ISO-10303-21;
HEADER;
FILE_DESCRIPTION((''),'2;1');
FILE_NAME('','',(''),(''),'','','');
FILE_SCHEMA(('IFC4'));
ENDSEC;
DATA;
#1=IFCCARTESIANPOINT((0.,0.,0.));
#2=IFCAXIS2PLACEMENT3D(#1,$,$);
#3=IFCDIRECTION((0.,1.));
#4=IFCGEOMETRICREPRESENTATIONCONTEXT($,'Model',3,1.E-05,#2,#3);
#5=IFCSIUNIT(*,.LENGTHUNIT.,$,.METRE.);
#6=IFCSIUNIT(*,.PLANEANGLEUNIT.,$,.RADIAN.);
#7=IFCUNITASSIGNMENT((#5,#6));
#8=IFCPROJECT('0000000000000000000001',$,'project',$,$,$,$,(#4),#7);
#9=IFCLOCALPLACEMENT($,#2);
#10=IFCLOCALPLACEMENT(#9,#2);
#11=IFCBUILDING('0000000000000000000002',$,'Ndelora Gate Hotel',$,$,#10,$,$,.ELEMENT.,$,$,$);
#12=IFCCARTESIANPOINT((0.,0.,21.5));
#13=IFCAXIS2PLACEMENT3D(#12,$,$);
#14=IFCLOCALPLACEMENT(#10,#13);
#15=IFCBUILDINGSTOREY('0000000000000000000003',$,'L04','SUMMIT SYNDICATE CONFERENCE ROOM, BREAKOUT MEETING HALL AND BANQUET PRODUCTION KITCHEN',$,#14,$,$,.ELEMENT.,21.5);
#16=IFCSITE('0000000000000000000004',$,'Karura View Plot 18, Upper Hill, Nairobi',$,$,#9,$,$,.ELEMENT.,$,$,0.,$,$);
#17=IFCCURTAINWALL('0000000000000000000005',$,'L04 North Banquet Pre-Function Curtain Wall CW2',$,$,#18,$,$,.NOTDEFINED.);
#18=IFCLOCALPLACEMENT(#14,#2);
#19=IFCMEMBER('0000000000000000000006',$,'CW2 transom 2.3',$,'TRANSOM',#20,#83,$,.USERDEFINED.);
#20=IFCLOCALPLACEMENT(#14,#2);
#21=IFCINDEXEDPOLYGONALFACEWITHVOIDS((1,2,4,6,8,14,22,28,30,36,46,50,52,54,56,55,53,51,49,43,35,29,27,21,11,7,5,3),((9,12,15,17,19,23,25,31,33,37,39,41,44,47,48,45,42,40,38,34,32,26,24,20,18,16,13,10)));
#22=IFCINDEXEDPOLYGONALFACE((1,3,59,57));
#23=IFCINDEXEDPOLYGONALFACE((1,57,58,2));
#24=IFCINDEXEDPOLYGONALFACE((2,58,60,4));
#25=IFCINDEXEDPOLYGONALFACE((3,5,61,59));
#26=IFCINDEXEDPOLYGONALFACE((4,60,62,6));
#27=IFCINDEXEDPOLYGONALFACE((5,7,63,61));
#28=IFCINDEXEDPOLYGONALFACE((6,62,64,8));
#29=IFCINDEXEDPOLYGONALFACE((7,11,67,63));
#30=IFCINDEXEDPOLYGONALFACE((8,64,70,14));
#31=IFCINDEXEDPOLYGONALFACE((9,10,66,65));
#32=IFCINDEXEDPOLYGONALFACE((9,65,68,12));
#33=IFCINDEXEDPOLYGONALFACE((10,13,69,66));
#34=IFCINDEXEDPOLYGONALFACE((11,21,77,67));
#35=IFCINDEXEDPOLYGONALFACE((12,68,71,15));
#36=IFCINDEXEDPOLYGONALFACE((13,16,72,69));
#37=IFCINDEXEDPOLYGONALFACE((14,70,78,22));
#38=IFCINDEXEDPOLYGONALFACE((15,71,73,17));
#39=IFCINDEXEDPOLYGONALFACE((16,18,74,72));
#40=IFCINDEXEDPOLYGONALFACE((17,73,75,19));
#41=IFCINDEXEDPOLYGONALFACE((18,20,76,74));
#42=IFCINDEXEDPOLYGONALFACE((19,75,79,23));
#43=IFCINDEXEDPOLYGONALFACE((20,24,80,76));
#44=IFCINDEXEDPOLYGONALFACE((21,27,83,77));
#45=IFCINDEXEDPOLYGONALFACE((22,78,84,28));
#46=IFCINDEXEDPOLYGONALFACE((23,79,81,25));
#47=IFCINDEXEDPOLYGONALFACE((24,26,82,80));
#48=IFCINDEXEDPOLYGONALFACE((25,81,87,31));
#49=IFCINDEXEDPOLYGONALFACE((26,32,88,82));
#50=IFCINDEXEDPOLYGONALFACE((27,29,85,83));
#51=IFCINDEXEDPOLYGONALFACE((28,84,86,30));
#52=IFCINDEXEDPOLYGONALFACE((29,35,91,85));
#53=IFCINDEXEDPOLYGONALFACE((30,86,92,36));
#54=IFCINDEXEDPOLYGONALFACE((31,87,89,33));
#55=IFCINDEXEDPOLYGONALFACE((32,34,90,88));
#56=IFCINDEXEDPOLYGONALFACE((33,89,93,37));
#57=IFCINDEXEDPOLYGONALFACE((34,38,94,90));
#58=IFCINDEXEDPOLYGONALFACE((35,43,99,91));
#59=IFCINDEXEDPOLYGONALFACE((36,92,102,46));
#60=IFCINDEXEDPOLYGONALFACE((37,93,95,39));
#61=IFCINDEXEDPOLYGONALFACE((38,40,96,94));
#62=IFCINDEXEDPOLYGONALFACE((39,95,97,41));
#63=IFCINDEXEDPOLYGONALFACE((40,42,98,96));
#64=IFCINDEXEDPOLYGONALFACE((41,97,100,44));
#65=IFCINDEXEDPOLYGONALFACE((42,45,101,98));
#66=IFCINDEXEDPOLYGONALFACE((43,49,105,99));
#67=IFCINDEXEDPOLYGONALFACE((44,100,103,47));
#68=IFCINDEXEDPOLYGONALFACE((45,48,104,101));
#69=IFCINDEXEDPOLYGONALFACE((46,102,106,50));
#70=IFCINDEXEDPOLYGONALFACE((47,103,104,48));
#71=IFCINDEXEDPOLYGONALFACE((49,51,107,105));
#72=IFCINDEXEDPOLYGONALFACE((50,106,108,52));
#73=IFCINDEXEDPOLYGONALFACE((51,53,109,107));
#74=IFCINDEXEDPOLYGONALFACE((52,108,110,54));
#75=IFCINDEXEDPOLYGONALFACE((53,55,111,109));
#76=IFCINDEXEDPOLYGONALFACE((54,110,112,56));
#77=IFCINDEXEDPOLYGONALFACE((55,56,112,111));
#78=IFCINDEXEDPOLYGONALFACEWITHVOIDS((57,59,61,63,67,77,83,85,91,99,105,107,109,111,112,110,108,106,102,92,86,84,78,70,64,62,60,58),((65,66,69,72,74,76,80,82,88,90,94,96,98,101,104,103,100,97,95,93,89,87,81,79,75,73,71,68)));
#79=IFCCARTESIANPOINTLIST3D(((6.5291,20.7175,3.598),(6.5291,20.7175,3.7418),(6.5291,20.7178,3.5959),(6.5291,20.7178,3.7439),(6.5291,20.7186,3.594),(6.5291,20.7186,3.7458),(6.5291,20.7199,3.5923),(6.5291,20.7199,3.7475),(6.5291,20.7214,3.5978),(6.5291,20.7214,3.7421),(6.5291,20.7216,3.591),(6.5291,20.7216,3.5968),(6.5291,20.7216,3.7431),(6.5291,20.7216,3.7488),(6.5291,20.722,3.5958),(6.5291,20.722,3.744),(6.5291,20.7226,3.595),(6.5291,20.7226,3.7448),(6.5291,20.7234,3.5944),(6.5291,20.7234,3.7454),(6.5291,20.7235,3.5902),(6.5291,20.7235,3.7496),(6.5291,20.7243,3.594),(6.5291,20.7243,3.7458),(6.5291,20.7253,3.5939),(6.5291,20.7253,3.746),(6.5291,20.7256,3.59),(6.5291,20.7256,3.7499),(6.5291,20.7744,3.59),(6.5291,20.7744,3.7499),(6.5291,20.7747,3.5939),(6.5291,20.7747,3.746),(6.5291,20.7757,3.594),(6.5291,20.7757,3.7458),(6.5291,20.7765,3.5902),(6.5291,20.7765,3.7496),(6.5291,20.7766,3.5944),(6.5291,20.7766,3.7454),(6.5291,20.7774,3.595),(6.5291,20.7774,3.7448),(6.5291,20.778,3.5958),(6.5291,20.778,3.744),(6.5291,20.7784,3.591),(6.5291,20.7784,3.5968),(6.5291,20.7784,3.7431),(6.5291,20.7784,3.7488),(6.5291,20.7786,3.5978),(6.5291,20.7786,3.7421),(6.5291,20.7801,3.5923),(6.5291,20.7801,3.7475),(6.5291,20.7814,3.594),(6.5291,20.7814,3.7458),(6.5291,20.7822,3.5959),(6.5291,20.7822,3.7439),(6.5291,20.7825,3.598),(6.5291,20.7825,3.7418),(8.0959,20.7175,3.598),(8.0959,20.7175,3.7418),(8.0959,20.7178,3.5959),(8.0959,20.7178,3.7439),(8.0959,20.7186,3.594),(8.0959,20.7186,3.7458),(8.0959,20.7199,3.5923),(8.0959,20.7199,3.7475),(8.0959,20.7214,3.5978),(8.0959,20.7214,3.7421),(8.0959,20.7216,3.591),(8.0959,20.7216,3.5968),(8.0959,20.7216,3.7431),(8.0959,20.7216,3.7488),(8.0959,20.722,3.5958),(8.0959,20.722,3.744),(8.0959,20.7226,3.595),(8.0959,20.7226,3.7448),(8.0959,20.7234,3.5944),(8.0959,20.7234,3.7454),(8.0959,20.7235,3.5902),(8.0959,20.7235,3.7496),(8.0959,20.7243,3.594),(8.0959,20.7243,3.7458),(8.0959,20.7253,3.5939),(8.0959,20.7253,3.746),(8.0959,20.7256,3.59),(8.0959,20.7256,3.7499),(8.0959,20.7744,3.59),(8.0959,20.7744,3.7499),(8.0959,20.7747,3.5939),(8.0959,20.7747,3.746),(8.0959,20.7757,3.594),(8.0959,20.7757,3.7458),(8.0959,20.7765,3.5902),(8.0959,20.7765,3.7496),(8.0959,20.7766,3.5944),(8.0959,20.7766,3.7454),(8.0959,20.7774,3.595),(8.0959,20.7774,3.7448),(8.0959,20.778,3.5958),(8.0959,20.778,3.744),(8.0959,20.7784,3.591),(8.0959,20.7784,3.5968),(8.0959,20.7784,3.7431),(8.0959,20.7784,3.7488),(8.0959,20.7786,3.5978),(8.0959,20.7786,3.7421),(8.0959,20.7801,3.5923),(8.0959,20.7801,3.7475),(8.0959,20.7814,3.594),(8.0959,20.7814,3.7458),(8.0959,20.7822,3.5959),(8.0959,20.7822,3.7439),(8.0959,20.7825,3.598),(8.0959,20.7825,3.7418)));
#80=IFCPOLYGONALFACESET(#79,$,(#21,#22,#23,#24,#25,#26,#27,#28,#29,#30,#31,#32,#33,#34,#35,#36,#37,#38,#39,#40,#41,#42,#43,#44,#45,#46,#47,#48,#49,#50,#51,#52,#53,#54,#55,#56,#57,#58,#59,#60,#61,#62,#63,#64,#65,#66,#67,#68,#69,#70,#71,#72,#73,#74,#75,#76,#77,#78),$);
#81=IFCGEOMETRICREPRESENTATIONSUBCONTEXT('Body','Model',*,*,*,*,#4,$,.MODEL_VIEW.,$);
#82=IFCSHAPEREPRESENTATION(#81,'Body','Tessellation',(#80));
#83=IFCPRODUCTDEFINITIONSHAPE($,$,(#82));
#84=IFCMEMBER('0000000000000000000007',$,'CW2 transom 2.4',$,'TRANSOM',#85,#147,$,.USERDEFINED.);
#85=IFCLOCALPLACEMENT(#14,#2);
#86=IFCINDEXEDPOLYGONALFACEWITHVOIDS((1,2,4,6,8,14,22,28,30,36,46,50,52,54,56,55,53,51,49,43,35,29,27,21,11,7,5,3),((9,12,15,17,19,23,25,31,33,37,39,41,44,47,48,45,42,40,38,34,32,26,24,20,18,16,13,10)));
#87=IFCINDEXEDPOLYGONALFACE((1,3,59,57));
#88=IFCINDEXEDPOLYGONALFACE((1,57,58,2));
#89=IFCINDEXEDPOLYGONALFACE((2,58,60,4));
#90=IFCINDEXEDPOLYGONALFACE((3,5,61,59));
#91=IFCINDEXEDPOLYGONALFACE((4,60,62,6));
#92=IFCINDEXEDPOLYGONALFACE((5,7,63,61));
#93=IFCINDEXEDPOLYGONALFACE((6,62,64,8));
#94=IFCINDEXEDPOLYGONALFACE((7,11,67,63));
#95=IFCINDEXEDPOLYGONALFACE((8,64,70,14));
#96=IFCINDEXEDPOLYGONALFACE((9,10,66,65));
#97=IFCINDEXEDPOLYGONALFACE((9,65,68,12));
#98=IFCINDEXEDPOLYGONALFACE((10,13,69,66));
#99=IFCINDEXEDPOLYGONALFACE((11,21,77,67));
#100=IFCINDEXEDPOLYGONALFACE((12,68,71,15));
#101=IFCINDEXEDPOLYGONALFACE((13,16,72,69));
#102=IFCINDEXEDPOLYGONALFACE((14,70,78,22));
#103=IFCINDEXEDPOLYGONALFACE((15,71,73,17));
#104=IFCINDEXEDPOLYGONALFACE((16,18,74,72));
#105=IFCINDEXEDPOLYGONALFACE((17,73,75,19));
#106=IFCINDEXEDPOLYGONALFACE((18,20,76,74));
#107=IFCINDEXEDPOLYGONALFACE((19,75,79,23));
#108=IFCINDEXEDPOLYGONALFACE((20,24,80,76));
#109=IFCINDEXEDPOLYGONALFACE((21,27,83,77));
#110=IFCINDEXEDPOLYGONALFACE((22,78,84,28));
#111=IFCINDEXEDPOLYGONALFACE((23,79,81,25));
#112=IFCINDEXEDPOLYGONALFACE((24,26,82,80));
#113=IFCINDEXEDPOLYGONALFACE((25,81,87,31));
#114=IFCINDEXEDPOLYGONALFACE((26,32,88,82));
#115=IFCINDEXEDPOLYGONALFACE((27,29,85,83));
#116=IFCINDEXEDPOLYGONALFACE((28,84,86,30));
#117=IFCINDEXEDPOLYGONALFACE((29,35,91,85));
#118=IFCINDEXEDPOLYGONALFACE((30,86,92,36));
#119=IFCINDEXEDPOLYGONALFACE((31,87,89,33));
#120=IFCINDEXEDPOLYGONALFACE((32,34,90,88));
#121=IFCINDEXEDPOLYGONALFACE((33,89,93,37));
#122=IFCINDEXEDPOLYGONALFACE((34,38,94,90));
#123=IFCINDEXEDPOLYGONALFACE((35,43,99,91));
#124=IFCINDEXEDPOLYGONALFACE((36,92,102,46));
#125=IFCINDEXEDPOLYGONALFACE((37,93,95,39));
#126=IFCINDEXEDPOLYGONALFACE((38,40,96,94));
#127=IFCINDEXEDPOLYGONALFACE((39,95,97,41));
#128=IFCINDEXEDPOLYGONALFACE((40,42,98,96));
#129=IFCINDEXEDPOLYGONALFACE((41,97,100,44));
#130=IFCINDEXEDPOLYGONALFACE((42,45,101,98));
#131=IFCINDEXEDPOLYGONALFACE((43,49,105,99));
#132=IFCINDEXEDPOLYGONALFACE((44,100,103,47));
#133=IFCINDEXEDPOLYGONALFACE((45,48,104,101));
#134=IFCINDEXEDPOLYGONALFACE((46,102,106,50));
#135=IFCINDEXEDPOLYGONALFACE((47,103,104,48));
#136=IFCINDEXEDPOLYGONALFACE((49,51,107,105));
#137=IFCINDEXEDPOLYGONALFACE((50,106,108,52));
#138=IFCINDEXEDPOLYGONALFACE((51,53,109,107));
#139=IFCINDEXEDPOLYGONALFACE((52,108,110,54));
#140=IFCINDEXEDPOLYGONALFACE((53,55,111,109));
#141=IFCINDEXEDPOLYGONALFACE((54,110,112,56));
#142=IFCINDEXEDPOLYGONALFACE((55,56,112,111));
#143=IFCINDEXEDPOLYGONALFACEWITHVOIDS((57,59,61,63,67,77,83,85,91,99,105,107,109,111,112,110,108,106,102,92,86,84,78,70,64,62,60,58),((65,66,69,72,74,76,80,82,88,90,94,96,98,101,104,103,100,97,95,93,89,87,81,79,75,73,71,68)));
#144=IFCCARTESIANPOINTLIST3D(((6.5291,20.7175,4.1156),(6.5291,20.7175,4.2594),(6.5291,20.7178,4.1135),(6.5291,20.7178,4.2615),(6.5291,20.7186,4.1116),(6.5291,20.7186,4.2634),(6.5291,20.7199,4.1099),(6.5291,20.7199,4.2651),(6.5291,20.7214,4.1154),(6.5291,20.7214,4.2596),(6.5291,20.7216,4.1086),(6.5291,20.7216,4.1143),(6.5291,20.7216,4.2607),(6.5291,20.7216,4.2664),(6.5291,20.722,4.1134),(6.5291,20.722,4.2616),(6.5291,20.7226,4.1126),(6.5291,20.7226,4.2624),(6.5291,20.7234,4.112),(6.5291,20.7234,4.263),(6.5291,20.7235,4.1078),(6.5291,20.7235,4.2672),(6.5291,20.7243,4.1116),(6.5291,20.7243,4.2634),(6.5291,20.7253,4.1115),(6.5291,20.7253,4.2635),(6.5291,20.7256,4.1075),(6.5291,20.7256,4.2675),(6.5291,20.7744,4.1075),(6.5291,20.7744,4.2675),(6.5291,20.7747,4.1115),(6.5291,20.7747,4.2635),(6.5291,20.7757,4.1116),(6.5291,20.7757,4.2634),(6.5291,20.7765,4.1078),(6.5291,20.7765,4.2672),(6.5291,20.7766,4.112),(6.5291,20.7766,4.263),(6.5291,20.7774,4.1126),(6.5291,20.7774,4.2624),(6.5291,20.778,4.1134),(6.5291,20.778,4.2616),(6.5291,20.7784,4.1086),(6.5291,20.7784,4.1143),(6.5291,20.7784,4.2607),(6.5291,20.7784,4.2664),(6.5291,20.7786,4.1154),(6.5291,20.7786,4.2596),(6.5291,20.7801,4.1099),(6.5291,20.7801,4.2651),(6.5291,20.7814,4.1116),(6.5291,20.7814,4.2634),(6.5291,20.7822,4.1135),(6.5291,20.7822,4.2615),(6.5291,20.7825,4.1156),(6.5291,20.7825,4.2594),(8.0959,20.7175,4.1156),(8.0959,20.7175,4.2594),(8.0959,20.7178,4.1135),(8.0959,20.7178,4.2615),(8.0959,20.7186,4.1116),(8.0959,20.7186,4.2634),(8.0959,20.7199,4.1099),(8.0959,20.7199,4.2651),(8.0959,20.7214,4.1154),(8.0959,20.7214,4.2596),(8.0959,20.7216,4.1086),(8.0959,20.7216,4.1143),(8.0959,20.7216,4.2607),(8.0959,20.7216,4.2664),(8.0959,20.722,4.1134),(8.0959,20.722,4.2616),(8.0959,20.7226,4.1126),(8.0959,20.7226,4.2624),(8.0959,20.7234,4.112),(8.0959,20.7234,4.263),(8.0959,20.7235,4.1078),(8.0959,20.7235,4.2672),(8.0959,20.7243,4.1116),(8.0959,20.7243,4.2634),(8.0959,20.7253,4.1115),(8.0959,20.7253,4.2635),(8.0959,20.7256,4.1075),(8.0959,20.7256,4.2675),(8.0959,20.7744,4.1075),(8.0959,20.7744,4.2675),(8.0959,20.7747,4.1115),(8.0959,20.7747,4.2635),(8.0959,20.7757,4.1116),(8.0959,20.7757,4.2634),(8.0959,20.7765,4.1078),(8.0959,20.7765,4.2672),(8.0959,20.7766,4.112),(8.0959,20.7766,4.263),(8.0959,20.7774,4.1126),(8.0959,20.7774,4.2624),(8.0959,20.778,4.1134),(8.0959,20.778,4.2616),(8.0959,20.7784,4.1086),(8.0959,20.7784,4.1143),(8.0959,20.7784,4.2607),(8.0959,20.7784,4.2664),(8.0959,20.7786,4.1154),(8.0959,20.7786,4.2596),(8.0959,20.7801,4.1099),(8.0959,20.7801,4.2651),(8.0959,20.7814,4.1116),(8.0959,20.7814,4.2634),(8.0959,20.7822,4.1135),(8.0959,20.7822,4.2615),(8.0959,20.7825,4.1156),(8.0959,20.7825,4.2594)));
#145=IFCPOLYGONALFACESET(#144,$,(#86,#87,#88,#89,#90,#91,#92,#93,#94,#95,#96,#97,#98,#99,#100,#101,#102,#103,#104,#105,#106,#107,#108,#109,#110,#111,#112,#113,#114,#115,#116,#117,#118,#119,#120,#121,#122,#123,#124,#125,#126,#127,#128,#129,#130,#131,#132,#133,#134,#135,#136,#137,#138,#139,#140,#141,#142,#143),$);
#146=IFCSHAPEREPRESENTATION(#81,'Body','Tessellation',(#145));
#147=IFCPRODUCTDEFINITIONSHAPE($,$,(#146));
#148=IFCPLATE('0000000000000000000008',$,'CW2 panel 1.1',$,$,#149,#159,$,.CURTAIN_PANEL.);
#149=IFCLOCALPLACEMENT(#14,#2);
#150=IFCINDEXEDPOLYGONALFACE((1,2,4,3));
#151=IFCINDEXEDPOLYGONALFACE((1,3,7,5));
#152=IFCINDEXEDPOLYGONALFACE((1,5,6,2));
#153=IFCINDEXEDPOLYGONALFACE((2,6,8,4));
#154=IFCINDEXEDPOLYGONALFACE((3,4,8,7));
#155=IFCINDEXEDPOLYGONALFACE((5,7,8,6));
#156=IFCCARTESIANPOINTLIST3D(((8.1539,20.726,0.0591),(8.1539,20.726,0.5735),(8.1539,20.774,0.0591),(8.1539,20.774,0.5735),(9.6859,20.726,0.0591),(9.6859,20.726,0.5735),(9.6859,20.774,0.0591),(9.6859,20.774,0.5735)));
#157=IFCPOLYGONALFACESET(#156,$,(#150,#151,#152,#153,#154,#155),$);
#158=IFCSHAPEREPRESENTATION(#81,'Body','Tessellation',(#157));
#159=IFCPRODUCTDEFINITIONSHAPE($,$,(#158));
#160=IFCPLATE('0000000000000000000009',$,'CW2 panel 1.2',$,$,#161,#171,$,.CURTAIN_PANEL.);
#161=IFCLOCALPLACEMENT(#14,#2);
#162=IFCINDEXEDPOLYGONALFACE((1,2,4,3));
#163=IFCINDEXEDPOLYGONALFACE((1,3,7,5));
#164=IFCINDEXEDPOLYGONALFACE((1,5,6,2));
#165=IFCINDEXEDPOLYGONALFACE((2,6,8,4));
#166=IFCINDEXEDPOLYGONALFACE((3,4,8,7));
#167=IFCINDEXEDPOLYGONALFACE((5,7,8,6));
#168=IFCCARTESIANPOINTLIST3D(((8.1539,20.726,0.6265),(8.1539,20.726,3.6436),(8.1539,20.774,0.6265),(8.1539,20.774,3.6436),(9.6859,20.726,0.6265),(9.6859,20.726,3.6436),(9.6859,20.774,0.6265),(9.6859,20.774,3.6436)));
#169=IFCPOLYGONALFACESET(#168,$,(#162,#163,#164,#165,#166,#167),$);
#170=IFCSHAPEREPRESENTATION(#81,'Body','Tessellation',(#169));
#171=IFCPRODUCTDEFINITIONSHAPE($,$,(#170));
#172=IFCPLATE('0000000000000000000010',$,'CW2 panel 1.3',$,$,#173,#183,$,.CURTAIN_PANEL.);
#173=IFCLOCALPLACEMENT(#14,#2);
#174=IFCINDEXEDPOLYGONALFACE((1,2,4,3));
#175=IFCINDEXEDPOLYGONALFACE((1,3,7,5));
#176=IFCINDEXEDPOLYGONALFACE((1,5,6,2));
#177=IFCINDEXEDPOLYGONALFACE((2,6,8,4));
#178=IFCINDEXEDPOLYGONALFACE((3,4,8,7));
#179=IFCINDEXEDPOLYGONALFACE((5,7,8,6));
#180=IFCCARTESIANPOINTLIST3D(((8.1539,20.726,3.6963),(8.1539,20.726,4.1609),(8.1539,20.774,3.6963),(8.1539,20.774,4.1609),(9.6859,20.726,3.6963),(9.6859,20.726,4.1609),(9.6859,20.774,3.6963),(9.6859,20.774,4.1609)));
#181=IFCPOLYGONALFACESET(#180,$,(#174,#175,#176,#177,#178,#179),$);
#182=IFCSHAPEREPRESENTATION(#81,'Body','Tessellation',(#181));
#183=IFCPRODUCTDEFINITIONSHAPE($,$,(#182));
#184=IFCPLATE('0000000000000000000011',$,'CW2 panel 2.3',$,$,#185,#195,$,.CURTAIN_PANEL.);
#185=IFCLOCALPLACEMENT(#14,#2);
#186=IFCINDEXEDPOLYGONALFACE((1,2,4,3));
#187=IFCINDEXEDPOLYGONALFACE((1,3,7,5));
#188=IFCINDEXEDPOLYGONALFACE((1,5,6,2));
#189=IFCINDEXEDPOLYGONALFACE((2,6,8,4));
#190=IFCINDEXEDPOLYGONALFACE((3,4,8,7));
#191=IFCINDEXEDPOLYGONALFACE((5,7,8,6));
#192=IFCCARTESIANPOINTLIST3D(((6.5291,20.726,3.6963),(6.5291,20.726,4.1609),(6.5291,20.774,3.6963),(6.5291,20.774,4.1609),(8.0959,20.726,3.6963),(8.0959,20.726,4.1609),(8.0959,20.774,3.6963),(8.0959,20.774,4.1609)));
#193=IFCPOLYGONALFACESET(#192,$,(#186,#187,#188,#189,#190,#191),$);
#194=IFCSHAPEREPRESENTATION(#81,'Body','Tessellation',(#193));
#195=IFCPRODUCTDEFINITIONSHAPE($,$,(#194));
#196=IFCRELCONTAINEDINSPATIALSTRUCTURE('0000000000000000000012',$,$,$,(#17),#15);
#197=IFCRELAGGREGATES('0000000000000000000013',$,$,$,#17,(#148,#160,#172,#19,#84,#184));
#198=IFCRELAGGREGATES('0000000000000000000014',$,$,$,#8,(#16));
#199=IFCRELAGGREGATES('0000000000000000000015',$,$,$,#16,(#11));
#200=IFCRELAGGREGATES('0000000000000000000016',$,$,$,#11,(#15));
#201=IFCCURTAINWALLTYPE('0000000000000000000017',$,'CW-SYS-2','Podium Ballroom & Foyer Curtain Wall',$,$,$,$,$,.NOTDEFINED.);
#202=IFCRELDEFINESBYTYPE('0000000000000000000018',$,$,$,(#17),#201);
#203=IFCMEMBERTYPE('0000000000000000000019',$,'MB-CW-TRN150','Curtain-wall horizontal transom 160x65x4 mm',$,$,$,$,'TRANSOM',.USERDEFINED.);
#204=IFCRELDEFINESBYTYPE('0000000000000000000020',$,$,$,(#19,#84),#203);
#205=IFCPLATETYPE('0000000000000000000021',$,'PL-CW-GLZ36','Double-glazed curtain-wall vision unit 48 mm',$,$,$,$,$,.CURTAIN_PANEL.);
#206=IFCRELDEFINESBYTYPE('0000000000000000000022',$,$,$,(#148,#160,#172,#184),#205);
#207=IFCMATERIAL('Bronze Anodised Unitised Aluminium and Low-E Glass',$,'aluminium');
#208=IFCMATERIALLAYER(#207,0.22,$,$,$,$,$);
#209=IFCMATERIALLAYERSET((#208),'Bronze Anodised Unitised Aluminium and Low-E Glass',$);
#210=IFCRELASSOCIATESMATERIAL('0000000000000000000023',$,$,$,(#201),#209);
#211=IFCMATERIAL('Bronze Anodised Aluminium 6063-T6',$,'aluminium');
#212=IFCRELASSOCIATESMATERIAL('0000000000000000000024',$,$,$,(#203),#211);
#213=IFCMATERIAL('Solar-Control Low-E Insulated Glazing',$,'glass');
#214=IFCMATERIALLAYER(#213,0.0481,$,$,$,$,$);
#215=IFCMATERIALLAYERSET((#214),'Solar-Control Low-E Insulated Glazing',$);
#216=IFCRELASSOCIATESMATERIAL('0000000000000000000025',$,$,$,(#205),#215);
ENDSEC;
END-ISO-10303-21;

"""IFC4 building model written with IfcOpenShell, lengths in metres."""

from ifc_helpers import new_model, si_unit, direction, frame, origin, origin_2d, place, context, subcontext, project, spatial, rectangle, hollow_rectangle, extrude, material, layer, layer_set, material_profile, profile_set, type_object, element, aggregate, save


model = new_model("IFC4")

# Units and contexts
model_context = context("Model", 3, precision=1e-05, world=origin(), true_north=direction((0.0, 1.0)))
body_context = subcontext(model_context, "Body", "Model", "MODEL_VIEW")
ifc_project = project(units=[si_unit("LENGTHUNIT", "METRE"), si_unit("PLANEANGLEUNIT", "RADIAN")], contexts=[model_context])

# Site, building, storey
site_placement = place(None, origin())
site = spatial("IfcSite", under=ifc_project, at=site_placement, Name="Karura View Plot 18, Upper Hill, Nairobi", CompositionType="ELEMENT", RefElevation=0.0)
building_placement = place(site_placement, origin())
building = spatial("IfcBuilding", under=site, at=building_placement, Name="Ndelora Gate Hotel", CompositionType="ELEMENT")
storey_placement = place(building_placement, frame((0.0, 0.0, 21.5)))
storey = spatial("IfcBuildingStorey", under=building, at=storey_placement, Name="L04", Description="SUMMIT SYNDICATE CONFERENCE ROOM, BREAKOUT MEETING HALL AND BANQUET PRODUCTION KITCHEN", CompositionType="ELEMENT", Elevation=21.5)

# Curtain wall, members, plates
ifc_material_1 = material(Name="Bronze Anodised Unitised Aluminium and Low-E Glass", Category="aluminium")
ifc_layer_1 = layer(ifc_material_1, 0.22)
ifc_layer_set_1 = layer_set([ifc_layer_1], Name="Bronze Anodised Unitised Aluminium and Low-E Glass")
curtain_wall_type = type_object("IfcCurtainWallType", Name="CW-SYS-2", Description="Podium Ballroom & Foyer Curtain Wall", PredefinedType="NOTDEFINED", material=ifc_layer_set_1)
curtain_wall_placement = place(storey_placement, origin())
curtain_wall = element("IfcCurtainWall", 1, at=curtain_wall_placement, inside=storey, type_object=curtain_wall_type, Name="L04 North Banquet Pre-Function Curtain Wall CW2", PredefinedType="NOTDEFINED")
ifc_material_2 = material(Name="Bronze Anodised Aluminium 6063-T6", Category="aluminium")
ifc_material_profile_1 = material_profile(ifc_material_2, hollow_rectangle(XDim=0.0649, YDim=0.1599, WallThickness=0.0039, InnerFilletRadius=0.0039, OuterFilletRadius=0.0081, at=origin_2d()), Name="ALU 160x65x4")
ifc_profile_set_1 = profile_set([ifc_material_profile_1], Name="Bronze Anodised Aluminium 6063-T6")
member_type_1 = type_object("IfcMemberType", Name="MB-CW-TRN150", Description="Curtain-wall horizontal transom 160x65x4 mm", ElementType="TRANSOM", PredefinedType="USERDEFINED", material=ifc_profile_set_1)
member_1_placement = place(storey_placement, frame((8.0959, 20.75, 3.6699), z_axis=(-1.0, 0.0, 0.0), x_axis=(0.0, -1.0, 0.0)))
member_1 = element("IfcMember", 2, at=member_1_placement, type_object=member_type_1, Name="CW2 transom 2.3", ObjectType="TRANSOM", PredefinedType="USERDEFINED", context=body_context, shape_type="SweptSolid", body=[
    extrude(hollow_rectangle(XDim=0.0649, YDim=0.1599, WallThickness=0.0039, InnerFilletRadius=0.0039, OuterFilletRadius=0.0081, at=origin_2d()), origin(), (0.0, 0.0, 1.0), 1.5669),
])
member_2_placement = place(storey_placement, frame((8.0959, 20.75, 4.1875), z_axis=(-1.0, 0.0, 0.0), x_axis=(0.0, -1.0, 0.0)))
member_2 = element("IfcMember", 3, at=member_2_placement, type_object=member_type_1, Name="CW2 transom 2.4", ObjectType="TRANSOM", PredefinedType="USERDEFINED", context=body_context, shape_type="SweptSolid", body=[
    extrude(hollow_rectangle(XDim=0.0649, YDim=0.1599, WallThickness=0.0039, InnerFilletRadius=0.0039, OuterFilletRadius=0.0081, at=origin_2d()), origin(), (0.0, 0.0, 1.0), 1.5669),
])
ifc_material_3 = material(Name="Solar-Control Low-E Insulated Glazing", Category="glass")
ifc_layer_2 = layer(ifc_material_3, 0.0481)
ifc_layer_set_2 = layer_set([ifc_layer_2], Name="Solar-Control Low-E Insulated Glazing")
plate_type = type_object("IfcPlateType", Name="PL-CW-GLZ36", Description="Double-glazed curtain-wall vision unit 48 mm", PredefinedType="CURTAIN_PANEL", material=ifc_layer_set_2)
plate_1_placement = place(storey_placement, frame((8.9199, 20.75, 0.0591), z_axis=(0.0, 0.0, 1.0), x_axis=(-1.0, 0.0, 0.0)))
plate_1 = element("IfcPlate", 4, at=plate_1_placement, type_object=plate_type, Name="CW2 panel 1.1", PredefinedType="CURTAIN_PANEL", context=body_context, shape_type="SweptSolid", body=[
    extrude(rectangle(XDim=1.532, YDim=0.0481, at=origin_2d()), origin(), (0.0, 0.0, 1.0), 0.5144),
])
plate_2_placement = place(storey_placement, frame((8.9199, 20.75, 0.6265), z_axis=(0.0, 0.0, 1.0), x_axis=(-1.0, 0.0, 0.0)))
plate_2 = element("IfcPlate", 5, at=plate_2_placement, type_object=plate_type, Name="CW2 panel 1.2", PredefinedType="CURTAIN_PANEL", context=body_context, shape_type="SweptSolid", body=[
    extrude(rectangle(XDim=1.532, YDim=0.0481, at=origin_2d()), origin(), (0.0, 0.0, 1.0), 3.0171),
])
plate_3_placement = place(storey_placement, frame((8.9199, 20.75, 3.6963), z_axis=(0.0, 0.0, 1.0), x_axis=(-1.0, 0.0, 0.0)))
plate_3 = element("IfcPlate", 6, at=plate_3_placement, type_object=plate_type, Name="CW2 panel 1.3", PredefinedType="CURTAIN_PANEL", context=body_context, shape_type="SweptSolid", body=[
    extrude(rectangle(XDim=1.532, YDim=0.0481, at=origin_2d()), origin(), (0.0, 0.0, 1.0), 0.4646),
])
plate_4_placement = place(storey_placement, frame((7.3125, 20.75, 3.6963), z_axis=(0.0, 0.0, 1.0), x_axis=(-1.0, 0.0, 0.0)))
plate_4 = element("IfcPlate", 7, at=plate_4_placement, type_object=plate_type, Name="CW2 panel 2.3", PredefinedType="CURTAIN_PANEL", context=body_context, shape_type="SweptSolid", body=[
    extrude(rectangle(XDim=1.5669, YDim=0.0481, at=origin_2d()), origin(), (0.0, 0.0, 1.0), 0.4646),
])
aggregate(curtain_wall, [plate_1, plate_2, plate_3, member_1, member_2, plate_4])

save(model, "model.ifc")
